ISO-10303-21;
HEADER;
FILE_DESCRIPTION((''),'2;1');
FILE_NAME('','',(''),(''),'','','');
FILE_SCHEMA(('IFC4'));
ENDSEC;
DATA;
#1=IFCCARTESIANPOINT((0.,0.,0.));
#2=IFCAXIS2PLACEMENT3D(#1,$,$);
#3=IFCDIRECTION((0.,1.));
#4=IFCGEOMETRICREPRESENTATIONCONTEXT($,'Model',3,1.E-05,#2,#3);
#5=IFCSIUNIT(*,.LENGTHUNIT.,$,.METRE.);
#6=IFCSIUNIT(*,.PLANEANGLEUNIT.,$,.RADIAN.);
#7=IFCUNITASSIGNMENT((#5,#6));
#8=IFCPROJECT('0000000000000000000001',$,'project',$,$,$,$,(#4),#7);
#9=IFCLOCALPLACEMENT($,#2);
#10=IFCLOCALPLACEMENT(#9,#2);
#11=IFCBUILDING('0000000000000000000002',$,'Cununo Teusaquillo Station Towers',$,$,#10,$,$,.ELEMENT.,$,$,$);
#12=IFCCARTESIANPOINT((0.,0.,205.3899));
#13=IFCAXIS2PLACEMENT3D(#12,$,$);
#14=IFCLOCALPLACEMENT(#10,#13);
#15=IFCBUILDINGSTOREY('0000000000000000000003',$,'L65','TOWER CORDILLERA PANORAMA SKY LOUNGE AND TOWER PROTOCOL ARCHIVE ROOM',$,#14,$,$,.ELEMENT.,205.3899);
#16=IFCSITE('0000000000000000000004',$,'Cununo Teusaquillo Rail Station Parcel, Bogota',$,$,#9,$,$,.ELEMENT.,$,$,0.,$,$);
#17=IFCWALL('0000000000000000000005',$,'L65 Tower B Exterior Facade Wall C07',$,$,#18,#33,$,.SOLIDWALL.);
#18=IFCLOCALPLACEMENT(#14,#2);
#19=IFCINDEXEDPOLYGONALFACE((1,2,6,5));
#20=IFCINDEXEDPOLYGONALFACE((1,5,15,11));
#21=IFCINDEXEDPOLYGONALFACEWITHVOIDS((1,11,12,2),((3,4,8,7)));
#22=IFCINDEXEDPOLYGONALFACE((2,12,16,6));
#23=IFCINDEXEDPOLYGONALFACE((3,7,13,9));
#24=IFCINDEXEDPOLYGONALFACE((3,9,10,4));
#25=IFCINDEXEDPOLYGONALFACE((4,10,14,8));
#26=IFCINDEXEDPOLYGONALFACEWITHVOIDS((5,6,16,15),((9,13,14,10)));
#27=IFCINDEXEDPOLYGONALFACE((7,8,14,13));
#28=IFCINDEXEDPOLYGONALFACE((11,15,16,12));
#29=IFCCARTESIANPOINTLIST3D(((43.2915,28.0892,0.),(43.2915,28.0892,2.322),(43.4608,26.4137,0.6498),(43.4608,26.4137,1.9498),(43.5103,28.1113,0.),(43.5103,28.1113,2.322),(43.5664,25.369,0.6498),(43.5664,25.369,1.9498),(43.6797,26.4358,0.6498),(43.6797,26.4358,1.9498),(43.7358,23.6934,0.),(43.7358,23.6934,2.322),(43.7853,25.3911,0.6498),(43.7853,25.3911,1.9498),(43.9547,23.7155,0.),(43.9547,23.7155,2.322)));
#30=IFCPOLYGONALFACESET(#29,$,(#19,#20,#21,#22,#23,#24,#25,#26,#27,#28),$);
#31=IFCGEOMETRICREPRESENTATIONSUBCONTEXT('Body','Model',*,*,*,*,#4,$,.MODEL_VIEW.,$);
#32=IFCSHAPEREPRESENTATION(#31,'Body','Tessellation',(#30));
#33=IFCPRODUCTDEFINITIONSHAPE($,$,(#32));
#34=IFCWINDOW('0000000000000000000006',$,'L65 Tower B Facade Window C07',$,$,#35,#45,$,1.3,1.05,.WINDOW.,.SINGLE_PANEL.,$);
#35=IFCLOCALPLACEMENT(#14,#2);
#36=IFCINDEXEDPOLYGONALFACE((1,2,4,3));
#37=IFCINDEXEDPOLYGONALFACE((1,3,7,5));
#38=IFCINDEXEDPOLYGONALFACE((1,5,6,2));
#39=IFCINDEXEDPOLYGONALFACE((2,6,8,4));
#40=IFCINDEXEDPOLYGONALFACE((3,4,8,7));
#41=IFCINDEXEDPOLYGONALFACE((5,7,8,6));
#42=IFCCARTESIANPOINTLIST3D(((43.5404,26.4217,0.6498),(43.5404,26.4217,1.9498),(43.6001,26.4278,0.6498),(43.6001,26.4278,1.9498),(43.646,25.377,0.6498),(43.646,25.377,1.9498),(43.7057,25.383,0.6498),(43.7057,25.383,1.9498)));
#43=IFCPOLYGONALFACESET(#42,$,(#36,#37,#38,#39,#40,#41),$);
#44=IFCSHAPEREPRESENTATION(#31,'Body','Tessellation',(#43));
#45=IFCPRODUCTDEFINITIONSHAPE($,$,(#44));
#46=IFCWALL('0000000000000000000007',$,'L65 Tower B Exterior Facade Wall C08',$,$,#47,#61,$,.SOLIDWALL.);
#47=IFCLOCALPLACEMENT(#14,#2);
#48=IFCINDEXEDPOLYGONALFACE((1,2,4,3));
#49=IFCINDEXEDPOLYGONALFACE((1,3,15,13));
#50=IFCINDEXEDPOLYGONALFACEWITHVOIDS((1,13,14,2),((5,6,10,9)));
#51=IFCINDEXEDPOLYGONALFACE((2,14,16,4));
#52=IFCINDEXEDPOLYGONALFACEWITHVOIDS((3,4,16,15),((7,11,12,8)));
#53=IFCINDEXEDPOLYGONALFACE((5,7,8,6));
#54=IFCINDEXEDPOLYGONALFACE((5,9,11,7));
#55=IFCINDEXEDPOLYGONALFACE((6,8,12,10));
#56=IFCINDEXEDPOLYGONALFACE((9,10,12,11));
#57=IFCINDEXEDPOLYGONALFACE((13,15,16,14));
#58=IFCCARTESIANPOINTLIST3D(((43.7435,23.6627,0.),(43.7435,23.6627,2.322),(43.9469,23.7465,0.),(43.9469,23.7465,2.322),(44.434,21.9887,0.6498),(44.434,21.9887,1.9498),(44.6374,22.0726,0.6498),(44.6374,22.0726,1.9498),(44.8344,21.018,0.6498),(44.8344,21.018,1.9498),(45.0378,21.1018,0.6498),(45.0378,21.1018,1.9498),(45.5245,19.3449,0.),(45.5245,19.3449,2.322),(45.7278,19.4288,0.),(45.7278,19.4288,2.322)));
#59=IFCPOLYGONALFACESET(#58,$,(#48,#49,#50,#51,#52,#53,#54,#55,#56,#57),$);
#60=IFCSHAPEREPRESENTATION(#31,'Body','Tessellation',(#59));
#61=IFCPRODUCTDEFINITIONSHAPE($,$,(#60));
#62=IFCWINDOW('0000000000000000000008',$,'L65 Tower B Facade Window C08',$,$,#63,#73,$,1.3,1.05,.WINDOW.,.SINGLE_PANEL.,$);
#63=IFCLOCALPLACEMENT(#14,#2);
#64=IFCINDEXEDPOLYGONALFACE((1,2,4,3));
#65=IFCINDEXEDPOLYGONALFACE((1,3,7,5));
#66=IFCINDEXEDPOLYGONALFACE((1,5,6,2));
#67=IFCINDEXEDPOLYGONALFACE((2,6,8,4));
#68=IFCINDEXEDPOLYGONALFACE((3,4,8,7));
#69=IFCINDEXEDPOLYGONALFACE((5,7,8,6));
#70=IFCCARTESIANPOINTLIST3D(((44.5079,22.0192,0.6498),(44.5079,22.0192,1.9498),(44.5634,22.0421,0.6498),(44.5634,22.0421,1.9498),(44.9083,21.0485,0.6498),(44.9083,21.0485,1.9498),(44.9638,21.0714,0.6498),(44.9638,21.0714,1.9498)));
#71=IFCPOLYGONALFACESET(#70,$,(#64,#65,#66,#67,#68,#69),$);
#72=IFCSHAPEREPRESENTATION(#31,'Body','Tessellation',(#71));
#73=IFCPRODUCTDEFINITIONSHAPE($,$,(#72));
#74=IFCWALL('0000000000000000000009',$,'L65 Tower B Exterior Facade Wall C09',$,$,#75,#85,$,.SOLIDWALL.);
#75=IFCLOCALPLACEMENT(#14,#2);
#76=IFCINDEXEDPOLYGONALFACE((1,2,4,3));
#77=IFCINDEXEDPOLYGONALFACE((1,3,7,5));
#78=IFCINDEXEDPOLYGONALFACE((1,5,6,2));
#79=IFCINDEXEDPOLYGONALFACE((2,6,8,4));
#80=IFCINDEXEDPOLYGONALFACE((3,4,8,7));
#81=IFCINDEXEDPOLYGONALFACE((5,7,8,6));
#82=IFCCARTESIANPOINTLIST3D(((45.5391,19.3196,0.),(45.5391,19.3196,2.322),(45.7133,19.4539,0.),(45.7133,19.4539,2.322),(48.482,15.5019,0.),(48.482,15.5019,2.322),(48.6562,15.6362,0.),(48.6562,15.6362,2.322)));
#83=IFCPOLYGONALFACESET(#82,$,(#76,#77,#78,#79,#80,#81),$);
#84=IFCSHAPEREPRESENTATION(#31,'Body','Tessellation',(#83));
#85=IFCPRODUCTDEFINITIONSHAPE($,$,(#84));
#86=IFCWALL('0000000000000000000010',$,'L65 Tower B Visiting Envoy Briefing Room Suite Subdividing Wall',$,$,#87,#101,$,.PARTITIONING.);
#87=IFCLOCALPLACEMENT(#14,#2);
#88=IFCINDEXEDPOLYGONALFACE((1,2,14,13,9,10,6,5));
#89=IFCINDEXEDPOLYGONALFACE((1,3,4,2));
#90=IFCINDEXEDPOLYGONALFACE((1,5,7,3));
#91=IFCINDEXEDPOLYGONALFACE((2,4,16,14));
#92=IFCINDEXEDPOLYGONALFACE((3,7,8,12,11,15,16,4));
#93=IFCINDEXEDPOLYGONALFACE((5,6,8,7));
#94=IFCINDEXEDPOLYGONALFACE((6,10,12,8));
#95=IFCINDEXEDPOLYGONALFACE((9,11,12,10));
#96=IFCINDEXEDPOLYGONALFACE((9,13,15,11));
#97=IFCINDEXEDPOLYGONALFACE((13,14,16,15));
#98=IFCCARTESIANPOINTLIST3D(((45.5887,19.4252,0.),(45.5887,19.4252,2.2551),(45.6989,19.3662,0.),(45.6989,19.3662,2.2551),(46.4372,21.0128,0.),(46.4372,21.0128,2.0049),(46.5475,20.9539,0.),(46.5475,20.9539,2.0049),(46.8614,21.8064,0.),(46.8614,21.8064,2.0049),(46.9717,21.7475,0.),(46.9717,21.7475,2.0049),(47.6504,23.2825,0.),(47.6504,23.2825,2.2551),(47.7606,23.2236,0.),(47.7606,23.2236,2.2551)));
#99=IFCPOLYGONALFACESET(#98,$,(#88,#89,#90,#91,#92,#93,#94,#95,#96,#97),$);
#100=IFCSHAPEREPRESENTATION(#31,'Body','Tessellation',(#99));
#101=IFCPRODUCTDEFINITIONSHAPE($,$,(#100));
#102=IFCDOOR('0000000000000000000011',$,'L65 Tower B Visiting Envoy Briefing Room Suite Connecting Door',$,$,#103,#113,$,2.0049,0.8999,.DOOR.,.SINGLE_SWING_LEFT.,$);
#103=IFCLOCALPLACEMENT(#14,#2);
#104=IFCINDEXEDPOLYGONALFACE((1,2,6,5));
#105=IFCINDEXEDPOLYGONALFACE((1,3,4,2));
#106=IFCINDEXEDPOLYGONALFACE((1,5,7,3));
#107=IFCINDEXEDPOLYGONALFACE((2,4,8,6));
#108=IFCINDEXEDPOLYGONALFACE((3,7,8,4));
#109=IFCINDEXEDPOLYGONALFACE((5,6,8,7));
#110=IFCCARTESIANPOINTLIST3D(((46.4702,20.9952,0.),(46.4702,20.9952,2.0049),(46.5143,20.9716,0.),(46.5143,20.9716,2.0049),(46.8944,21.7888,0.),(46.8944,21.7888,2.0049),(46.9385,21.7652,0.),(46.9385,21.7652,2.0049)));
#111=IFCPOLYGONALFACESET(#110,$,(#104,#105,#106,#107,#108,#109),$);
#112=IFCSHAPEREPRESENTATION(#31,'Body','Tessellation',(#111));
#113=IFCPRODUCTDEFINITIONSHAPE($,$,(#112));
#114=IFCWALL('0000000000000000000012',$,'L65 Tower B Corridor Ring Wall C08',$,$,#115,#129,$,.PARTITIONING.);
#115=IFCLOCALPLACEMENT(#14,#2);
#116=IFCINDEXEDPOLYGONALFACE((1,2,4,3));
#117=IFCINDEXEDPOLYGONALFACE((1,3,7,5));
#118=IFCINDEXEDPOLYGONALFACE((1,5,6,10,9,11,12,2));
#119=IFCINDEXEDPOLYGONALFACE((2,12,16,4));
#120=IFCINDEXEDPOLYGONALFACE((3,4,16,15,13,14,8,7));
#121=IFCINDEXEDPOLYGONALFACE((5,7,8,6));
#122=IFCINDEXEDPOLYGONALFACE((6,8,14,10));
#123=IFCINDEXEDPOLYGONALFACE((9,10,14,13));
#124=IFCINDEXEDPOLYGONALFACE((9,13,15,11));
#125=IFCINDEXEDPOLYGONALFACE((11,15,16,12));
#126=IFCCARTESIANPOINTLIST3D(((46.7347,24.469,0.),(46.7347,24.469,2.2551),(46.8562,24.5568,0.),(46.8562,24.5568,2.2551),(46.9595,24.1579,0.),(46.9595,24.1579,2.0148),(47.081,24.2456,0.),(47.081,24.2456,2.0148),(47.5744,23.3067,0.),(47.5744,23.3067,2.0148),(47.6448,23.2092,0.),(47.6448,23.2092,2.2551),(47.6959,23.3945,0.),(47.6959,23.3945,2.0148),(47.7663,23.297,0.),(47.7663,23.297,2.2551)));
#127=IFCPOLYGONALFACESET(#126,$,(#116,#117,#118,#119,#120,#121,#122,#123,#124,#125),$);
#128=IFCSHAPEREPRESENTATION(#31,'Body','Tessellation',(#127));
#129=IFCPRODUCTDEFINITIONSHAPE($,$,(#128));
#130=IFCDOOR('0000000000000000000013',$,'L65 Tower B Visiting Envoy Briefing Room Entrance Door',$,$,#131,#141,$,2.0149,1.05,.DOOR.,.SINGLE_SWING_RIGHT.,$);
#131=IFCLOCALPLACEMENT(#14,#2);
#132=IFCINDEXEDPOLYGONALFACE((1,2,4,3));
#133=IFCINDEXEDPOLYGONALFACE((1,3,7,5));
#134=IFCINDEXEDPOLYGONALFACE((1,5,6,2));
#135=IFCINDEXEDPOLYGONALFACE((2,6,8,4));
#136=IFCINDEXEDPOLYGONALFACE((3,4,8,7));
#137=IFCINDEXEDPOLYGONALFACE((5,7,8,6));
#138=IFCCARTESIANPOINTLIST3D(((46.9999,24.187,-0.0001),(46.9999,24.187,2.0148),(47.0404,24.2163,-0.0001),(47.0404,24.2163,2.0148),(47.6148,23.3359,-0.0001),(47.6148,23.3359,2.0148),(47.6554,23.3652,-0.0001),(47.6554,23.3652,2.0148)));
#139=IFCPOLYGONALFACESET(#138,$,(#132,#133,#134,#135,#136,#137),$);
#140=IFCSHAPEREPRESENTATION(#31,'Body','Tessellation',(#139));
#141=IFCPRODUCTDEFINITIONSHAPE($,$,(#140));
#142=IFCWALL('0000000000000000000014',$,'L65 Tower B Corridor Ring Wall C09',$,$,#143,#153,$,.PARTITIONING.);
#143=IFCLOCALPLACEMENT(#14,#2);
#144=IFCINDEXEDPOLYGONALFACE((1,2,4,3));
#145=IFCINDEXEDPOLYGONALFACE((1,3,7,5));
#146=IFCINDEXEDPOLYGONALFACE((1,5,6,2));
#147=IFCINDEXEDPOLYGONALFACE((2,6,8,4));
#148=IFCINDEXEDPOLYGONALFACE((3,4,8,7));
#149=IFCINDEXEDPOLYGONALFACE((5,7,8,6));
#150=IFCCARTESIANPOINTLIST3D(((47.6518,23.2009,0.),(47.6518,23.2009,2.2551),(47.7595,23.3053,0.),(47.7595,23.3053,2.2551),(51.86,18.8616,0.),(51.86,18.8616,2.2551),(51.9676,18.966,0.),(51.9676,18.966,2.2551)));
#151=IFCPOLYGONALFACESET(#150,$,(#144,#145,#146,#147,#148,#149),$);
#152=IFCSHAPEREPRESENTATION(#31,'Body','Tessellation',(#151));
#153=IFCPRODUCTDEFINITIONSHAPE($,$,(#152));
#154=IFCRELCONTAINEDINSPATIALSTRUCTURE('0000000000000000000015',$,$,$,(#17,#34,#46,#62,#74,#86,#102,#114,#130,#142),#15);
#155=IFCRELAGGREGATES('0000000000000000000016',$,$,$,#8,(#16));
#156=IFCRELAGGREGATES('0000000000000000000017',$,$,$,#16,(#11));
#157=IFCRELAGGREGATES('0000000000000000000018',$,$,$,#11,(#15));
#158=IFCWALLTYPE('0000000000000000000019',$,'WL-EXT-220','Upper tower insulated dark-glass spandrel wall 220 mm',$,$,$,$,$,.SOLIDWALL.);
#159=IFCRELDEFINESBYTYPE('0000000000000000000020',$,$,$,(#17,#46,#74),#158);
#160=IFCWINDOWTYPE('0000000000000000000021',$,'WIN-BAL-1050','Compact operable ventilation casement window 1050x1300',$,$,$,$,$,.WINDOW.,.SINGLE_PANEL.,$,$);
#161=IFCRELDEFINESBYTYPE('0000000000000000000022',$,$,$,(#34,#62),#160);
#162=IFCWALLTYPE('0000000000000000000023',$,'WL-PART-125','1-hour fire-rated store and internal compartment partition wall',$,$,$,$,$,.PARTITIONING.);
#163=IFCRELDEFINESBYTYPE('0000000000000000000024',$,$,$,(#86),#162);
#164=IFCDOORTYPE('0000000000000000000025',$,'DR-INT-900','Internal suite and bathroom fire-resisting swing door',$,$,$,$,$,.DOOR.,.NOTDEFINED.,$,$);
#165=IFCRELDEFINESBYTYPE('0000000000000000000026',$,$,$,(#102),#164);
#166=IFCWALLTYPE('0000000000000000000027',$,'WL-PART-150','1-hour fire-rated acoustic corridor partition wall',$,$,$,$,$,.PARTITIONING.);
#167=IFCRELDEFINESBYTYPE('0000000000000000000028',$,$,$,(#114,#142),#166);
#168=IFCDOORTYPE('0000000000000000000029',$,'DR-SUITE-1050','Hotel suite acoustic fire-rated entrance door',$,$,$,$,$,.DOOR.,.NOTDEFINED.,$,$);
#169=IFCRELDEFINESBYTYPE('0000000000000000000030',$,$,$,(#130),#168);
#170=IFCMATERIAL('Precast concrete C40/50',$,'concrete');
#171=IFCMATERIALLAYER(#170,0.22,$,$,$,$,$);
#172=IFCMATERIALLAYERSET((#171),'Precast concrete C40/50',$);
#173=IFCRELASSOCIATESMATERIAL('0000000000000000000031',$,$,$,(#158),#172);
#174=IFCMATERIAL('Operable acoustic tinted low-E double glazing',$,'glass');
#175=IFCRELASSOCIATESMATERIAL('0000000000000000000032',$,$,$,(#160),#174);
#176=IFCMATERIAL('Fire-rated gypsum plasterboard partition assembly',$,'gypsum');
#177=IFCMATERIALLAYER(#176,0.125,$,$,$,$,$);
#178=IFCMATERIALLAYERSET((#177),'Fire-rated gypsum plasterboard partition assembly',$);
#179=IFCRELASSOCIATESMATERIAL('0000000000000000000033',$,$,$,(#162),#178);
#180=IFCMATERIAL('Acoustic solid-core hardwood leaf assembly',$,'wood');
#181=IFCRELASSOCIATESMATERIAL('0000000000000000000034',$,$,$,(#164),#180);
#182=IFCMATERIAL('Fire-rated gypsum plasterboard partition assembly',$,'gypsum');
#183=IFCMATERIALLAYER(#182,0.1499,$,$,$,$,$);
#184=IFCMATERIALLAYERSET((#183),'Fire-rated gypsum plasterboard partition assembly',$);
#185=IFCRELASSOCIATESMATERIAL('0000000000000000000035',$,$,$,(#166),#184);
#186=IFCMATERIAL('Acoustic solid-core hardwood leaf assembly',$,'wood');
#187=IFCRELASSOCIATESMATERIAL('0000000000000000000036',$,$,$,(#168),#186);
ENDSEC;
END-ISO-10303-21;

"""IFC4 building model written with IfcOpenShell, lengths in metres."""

from ifc_helpers import new_model, si_unit, direction, frame, frame_2d, origin, place, context, subcontext, project, spatial, rectangle, extrude, source, transform, mapped, material, layer, layer_set, type_object, element, fill, save


model = new_model("IFC4")

# Units and contexts
model_context = context("Model", 3, precision=1e-05, world=origin(), true_north=direction((0.0, 1.0)))
body_context = subcontext(model_context, "Body", "Model", "MODEL_VIEW")
ifc_project = project(units=[si_unit("LENGTHUNIT", "METRE"), si_unit("PLANEANGLEUNIT", "RADIAN")], contexts=[model_context])

# Site, building, storey
site_placement = place(None, origin())
site = spatial("IfcSite", under=ifc_project, at=site_placement, Name="Cununo Teusaquillo Rail Station Parcel, Bogota", CompositionType="ELEMENT", RefElevation=0.0)
building_placement = place(site_placement, origin())
building = spatial("IfcBuilding", under=site, at=building_placement, Name="Cununo Teusaquillo Station Towers", CompositionType="ELEMENT")
storey_placement = place(building_placement, frame((0.0, 0.0, 205.3899)))
storey = spatial("IfcBuildingStorey", under=building, at=storey_placement, Name="L65", Description="TOWER CORDILLERA PANORAMA SKY LOUNGE AND TOWER PROTOCOL ARCHIVE ROOM", CompositionType="ELEMENT", Elevation=205.3899)

# Shared definitions
ifc_material_1 = material(Name="Precast concrete C40/50", Category="concrete")
ifc_layer_1 = layer(ifc_material_1, 0.22)
ifc_layer_set_1 = layer_set([ifc_layer_1], Name="Precast concrete C40/50")
wall_type_1 = type_object("IfcWallType", Name="WL-EXT-220", Description="Upper tower insulated dark-glass spandrel wall 220 mm", PredefinedType="SOLIDWALL", material=ifc_layer_set_1)

# Walls, openings, windows
shared_shape_1 = source(origin(), body_context, "Body", "SweptSolid", [
    extrude(rectangle(XDim=1.05, YDim=1.3, at=frame_2d((0.5249, 0.6499))), frame((0.0, 0.1199, 0.0), z_axis=(0.0, -1.0, 0.0), x_axis=(1.0, 0.0, 0.0)), (0.0, 0.0, 1.0), 0.24),
])
ifc_material_2 = material(Name="Operable acoustic tinted low-E double glazing", Category="glass")
window_type = type_object("IfcWindowType", Name="WIN-BAL-1050", Description="Compact operable ventilation casement window 1050x1300", PartitioningType="SINGLE_PANEL", PredefinedType="WINDOW", material=ifc_material_2)
shared_shape_2 = source(origin(), body_context, "Body", "SweptSolid", [
    extrude(rectangle(XDim=1.05, YDim=1.3, at=frame_2d((0.5249, 0.6499))), frame((0.0, 0.03, 0.0), z_axis=(0.0, -1.0, 0.0), x_axis=(1.0, 0.0, 0.0)), (0.0, 0.0, 1.0), 0.0601),
])
wall_1_placement = place(storey_placement, frame((43.8452, 23.7046, 0.0), z_axis=(0.0, 0.0, 1.0), x_axis=(-0.100571, 0.99493, 0.0)))
wall_1 = element("IfcWall", 1, at=wall_1_placement, inside=storey, type_object=wall_type_1, Name="L65 Tower B Exterior Facade Wall C07", PredefinedType="SOLIDWALL", context=body_context, shape_type="SweptSolid", body=[
    extrude(rectangle(XDim=4.4182, YDim=0.22, at=frame_2d((2.209, 0.0))), origin(), (0.0, 0.0, 1.0), 2.322),
])
opening_1_placement = place(wall_1_placement, frame((1.6841, 0.0, 0.6499)))
opening_1 = element("IfcOpeningElement", 2, at=opening_1_placement, cuts=wall_1, PredefinedType="OPENING", context=body_context, shape_type="MappedRepresentation", body=[
    mapped(shared_shape_1, transform((0.0, 0.0, 0.0), x_axis=(1.0, 0.0, 0.0), y_axis=(0.0, 1.0, 0.0), z_axis=(0.0, 0.0, 1.0), scale=1.0)),
])
window_1_placement = place(opening_1_placement, origin())
window_1 = element("IfcWindow", 3, at=window_1_placement, inside=storey, type_object=window_type, Name="L65 Tower B Facade Window C07", OverallHeight=1.3, OverallWidth=1.05, PartitioningType="SINGLE_PANEL", PredefinedType="WINDOW", context=body_context, shape_type="MappedRepresentation", body=[
    mapped(shared_shape_2, transform((0.0, 0.0, 0.0), x_axis=(1.0, 0.0, 0.0), y_axis=(0.0, 1.0, 0.0), z_axis=(0.0, 0.0, 1.0), scale=1.0)),
])
fill(opening_1, window_1)
wall_2_placement = place(storey_placement, frame((45.6262, 19.3867, 0.0), z_axis=(0.0, 0.0, 1.0), x_axis=(-0.38131, 0.924447, 0.0)))
wall_2 = element("IfcWall", 4, at=wall_2_placement, inside=storey, type_object=wall_type_1, Name="L65 Tower B Exterior Facade Wall C08", PredefinedType="SOLIDWALL", context=body_context, shape_type="SweptSolid", body=[
    extrude(rectangle(XDim=4.6707, YDim=0.22, at=frame_2d((2.3354, 0.0))), origin(), (0.0, 0.0, 1.0), 2.322),
])
opening_2_placement = place(wall_2_placement, frame((1.8101, 0.0, 0.6499)))
opening_2 = element("IfcOpeningElement", 5, at=opening_2_placement, cuts=wall_2, PredefinedType="OPENING", context=body_context, shape_type="MappedRepresentation", body=[
    mapped(shared_shape_1, transform((0.0, 0.0, 0.0), x_axis=(1.0, 0.0, 0.0), y_axis=(0.0, 1.0, 0.0), z_axis=(0.0, 0.0, 1.0), scale=1.0)),
])
window_2_placement = place(opening_2_placement, origin())
window_2 = element("IfcWindow", 6, at=window_2_placement, inside=storey, type_object=window_type, Name="L65 Tower B Facade Window C08", OverallHeight=1.3, OverallWidth=1.05, PartitioningType="SINGLE_PANEL", PredefinedType="WINDOW", context=body_context, shape_type="MappedRepresentation", body=[
    mapped(shared_shape_2, transform((0.0, 0.0, 0.0), x_axis=(1.0, 0.0, 0.0), y_axis=(0.0, 1.0, 0.0), z_axis=(0.0, 0.0, 1.0), scale=1.0)),
])
fill(opening_2, window_2)

# Wall
wall_3_placement = place(storey_placement, frame((48.5691, 15.5691, 0.0), z_axis=(0.0, 0.0, 1.0), x_axis=(-0.610523, 0.791998, 0.0)))
element("IfcWall", 7, at=wall_3_placement, inside=storey, type_object=wall_type_1, Name="L65 Tower B Exterior Facade Wall C09", PredefinedType="SOLIDWALL", context=body_context, shape_type="SweptSolid", body=[
    extrude(rectangle(XDim=4.8203, YDim=0.22, at=frame_2d((2.4102, 0.0))), origin(), (0.0, 0.0, 1.0), 2.322),
])

# Walls, openings, doors
ifc_material_3 = material(Name="Fire-rated gypsum plasterboard partition assembly", Category="gypsum")
ifc_layer_2 = layer(ifc_material_3, 0.125)
ifc_layer_set_2 = layer_set([ifc_layer_2], Name="Fire-rated gypsum plasterboard partition assembly")
wall_type_2 = type_object("IfcWallType", Name="WL-PART-125", Description="1-hour fire-rated store and internal compartment partition wall", PredefinedType="PARTITIONING", material=ifc_layer_set_2)
wall_4_placement = place(storey_placement, frame((47.7056, 23.2532, 0.0), z_axis=(0.0, 0.0, 1.0), x_axis=(-0.471385, -0.881928, 0.0)))
wall_4 = element("IfcWall", 8, at=wall_4_placement, inside=storey, type_object=wall_type_2, Name="L65 Tower B Visiting Envoy Briefing Room Suite Subdividing Wall", PredefinedType="PARTITIONING", context=body_context, shape_type="SweptSolid", body=[
    extrude(rectangle(XDim=4.3738, YDim=0.125, at=frame_2d((2.187, 0.0))), origin(), (0.0, 0.0, 1.0), 2.2551),
])
shared_shape_3 = source(origin(), body_context, "Body", "SweptSolid", [
    extrude(rectangle(XDim=0.8999, YDim=2.0049, at=frame_2d((0.45, 1.0024))), frame((0.0, 0.0725, 0.0), z_axis=(0.0, -1.0, 0.0), x_axis=(1.0, 0.0, 0.0)), (0.0, 0.0, 1.0), 0.145),
])
opening_3_placement = place(wall_4_placement, frame((1.6738, 0.0, 0.0)))
opening_3 = element("IfcOpeningElement", 9, at=opening_3_placement, cuts=wall_4, PredefinedType="OPENING", context=body_context, shape_type="MappedRepresentation", body=[
    mapped(shared_shape_3, transform((0.0, 0.0, 0.0), x_axis=(1.0, 0.0, 0.0), y_axis=(0.0, 1.0, 0.0), z_axis=(0.0, 0.0, 1.0), scale=1.0)),
])
ifc_material_4 = material(Name="Acoustic solid-core hardwood leaf assembly", Category="wood")
door_type_1 = type_object("IfcDoorType", Name="DR-INT-900", Description="Internal suite and bathroom fire-resisting swing door", OperationType="NOTDEFINED", PredefinedType="DOOR", material=ifc_material_4)
shared_shape_4 = source(origin(), body_context, "Body", "SweptSolid", [
    extrude(rectangle(XDim=0.8999, YDim=2.0049, at=frame_2d((0.45, 1.0024))), frame((0.0, 0.0249, 0.0), z_axis=(0.0, -1.0, 0.0), x_axis=(1.0, 0.0, 0.0)), (0.0, 0.0, 1.0), 0.05),
])
door_1_placement = place(opening_3_placement, origin())
door_1 = element("IfcDoor", 10, at=door_1_placement, inside=storey, type_object=door_type_1, Name="L65 Tower B Visiting Envoy Briefing Room Suite Connecting Door", OperationType="SINGLE_SWING_LEFT", OverallHeight=2.0049, OverallWidth=0.8999, PredefinedType="DOOR", context=body_context, shape_type="MappedRepresentation", body=[
    mapped(shared_shape_4, transform((0.0, 0.0, 0.0), x_axis=(1.0, 0.0, 0.0), y_axis=(0.0, 1.0, 0.0), z_axis=(0.0, 0.0, 1.0), scale=1.0)),
])
fill(opening_3, door_1)
ifc_material_5 = material(Name="Fire-rated gypsum plasterboard partition assembly", Category="gypsum")
ifc_layer_3 = layer(ifc_material_5, 0.1499)
ifc_layer_set_3 = layer_set([ifc_layer_3], Name="Fire-rated gypsum plasterboard partition assembly")
wall_type_3 = type_object("IfcWallType", Name="WL-PART-150", Description="1-hour fire-rated acoustic corridor partition wall", PredefinedType="PARTITIONING", material=ifc_layer_set_3)
wall_5_placement = place(storey_placement, frame((46.7954, 24.5129, 0.0), z_axis=(0.0, 0.0, 1.0), x_axis=(0.585628, -0.81058, 0.0)))
wall_5 = element("IfcWall", 11, at=wall_5_placement, inside=storey, type_object=wall_type_3, Name="L65 Tower B Corridor Ring Wall C08", PredefinedType="PARTITIONING", context=body_context, shape_type="SweptSolid", body=[
    extrude(rectangle(XDim=1.5542, YDim=0.1499, at=frame_2d((0.7771, 0.0))), origin(), (0.0, 0.0, 1.0), 2.2551),
])
shared_shape_5 = source(origin(), body_context, "Body", "SweptSolid", [
    extrude(rectangle(XDim=1.05, YDim=2.0149, at=frame_2d((0.5249, 1.0073))), frame((0.0, 0.085, 0.0), z_axis=(0.0, -1.0, 0.0), x_axis=(1.0, 0.0, 0.0)), (0.0, 0.0, 1.0), 0.1699),
])
opening_4_placement = place(wall_5_placement, frame((0.384, 0.0, 0.0)))
opening_4 = element("IfcOpeningElement", 12, at=opening_4_placement, cuts=wall_5, PredefinedType="OPENING", context=body_context, shape_type="MappedRepresentation", body=[
    mapped(shared_shape_5, transform((0.0, 0.0, 0.0), x_axis=(1.0, 0.0, 0.0), y_axis=(0.0, 1.0, 0.0), z_axis=(0.0, 0.0, 1.0), scale=1.0)),
])
ifc_material_6 = material(Name="Acoustic solid-core hardwood leaf assembly", Category="wood")
door_type_2 = type_object("IfcDoorType", Name="DR-SUITE-1050", Description="Hotel suite acoustic fire-rated entrance door", OperationType="NOTDEFINED", PredefinedType="DOOR", material=ifc_material_6)
shared_shape_6 = source(origin(), body_context, "Body", "SweptSolid", [
    extrude(rectangle(XDim=1.05, YDim=2.0149, at=frame_2d((0.5249, 1.0073))), frame((0.0, 0.0249, 0.0), z_axis=(0.0, -1.0, 0.0), x_axis=(1.0, 0.0, 0.0)), (0.0, 0.0, 1.0), 0.05),
])
door_2_placement = place(opening_4_placement, origin())
door_2 = element("IfcDoor", 13, at=door_2_placement, inside=storey, type_object=door_type_2, Name="L65 Tower B Visiting Envoy Briefing Room Entrance Door", OperationType="SINGLE_SWING_RIGHT", OverallHeight=2.0149, OverallWidth=1.05, PredefinedType="DOOR", context=body_context, shape_type="MappedRepresentation", body=[
    mapped(shared_shape_6, transform((0.0, 0.0, 0.0), x_axis=(1.0, 0.0, 0.0), y_axis=(0.0, 1.0, 0.0), z_axis=(0.0, 0.0, 1.0), scale=1.0)),
])
fill(opening_4, door_2)

# Wall
wall_6_placement = place(storey_placement, frame((47.7056, 23.2532, 0.0), z_axis=(0.0, 0.0, 1.0), x_axis=(0.696179, -0.717868, 0.0)))
element("IfcWall", 14, at=wall_6_placement, inside=storey, type_object=wall_type_3, Name="L65 Tower B Corridor Ring Wall C09", PredefinedType="PARTITIONING", context=body_context, shape_type="SweptSolid", body=[
    extrude(rectangle(XDim=6.0447, YDim=0.1499, at=frame_2d((3.0225, 0.0))), origin(), (0.0, 0.0, 1.0), 2.2551),
])

save(model, "model.ifc")
